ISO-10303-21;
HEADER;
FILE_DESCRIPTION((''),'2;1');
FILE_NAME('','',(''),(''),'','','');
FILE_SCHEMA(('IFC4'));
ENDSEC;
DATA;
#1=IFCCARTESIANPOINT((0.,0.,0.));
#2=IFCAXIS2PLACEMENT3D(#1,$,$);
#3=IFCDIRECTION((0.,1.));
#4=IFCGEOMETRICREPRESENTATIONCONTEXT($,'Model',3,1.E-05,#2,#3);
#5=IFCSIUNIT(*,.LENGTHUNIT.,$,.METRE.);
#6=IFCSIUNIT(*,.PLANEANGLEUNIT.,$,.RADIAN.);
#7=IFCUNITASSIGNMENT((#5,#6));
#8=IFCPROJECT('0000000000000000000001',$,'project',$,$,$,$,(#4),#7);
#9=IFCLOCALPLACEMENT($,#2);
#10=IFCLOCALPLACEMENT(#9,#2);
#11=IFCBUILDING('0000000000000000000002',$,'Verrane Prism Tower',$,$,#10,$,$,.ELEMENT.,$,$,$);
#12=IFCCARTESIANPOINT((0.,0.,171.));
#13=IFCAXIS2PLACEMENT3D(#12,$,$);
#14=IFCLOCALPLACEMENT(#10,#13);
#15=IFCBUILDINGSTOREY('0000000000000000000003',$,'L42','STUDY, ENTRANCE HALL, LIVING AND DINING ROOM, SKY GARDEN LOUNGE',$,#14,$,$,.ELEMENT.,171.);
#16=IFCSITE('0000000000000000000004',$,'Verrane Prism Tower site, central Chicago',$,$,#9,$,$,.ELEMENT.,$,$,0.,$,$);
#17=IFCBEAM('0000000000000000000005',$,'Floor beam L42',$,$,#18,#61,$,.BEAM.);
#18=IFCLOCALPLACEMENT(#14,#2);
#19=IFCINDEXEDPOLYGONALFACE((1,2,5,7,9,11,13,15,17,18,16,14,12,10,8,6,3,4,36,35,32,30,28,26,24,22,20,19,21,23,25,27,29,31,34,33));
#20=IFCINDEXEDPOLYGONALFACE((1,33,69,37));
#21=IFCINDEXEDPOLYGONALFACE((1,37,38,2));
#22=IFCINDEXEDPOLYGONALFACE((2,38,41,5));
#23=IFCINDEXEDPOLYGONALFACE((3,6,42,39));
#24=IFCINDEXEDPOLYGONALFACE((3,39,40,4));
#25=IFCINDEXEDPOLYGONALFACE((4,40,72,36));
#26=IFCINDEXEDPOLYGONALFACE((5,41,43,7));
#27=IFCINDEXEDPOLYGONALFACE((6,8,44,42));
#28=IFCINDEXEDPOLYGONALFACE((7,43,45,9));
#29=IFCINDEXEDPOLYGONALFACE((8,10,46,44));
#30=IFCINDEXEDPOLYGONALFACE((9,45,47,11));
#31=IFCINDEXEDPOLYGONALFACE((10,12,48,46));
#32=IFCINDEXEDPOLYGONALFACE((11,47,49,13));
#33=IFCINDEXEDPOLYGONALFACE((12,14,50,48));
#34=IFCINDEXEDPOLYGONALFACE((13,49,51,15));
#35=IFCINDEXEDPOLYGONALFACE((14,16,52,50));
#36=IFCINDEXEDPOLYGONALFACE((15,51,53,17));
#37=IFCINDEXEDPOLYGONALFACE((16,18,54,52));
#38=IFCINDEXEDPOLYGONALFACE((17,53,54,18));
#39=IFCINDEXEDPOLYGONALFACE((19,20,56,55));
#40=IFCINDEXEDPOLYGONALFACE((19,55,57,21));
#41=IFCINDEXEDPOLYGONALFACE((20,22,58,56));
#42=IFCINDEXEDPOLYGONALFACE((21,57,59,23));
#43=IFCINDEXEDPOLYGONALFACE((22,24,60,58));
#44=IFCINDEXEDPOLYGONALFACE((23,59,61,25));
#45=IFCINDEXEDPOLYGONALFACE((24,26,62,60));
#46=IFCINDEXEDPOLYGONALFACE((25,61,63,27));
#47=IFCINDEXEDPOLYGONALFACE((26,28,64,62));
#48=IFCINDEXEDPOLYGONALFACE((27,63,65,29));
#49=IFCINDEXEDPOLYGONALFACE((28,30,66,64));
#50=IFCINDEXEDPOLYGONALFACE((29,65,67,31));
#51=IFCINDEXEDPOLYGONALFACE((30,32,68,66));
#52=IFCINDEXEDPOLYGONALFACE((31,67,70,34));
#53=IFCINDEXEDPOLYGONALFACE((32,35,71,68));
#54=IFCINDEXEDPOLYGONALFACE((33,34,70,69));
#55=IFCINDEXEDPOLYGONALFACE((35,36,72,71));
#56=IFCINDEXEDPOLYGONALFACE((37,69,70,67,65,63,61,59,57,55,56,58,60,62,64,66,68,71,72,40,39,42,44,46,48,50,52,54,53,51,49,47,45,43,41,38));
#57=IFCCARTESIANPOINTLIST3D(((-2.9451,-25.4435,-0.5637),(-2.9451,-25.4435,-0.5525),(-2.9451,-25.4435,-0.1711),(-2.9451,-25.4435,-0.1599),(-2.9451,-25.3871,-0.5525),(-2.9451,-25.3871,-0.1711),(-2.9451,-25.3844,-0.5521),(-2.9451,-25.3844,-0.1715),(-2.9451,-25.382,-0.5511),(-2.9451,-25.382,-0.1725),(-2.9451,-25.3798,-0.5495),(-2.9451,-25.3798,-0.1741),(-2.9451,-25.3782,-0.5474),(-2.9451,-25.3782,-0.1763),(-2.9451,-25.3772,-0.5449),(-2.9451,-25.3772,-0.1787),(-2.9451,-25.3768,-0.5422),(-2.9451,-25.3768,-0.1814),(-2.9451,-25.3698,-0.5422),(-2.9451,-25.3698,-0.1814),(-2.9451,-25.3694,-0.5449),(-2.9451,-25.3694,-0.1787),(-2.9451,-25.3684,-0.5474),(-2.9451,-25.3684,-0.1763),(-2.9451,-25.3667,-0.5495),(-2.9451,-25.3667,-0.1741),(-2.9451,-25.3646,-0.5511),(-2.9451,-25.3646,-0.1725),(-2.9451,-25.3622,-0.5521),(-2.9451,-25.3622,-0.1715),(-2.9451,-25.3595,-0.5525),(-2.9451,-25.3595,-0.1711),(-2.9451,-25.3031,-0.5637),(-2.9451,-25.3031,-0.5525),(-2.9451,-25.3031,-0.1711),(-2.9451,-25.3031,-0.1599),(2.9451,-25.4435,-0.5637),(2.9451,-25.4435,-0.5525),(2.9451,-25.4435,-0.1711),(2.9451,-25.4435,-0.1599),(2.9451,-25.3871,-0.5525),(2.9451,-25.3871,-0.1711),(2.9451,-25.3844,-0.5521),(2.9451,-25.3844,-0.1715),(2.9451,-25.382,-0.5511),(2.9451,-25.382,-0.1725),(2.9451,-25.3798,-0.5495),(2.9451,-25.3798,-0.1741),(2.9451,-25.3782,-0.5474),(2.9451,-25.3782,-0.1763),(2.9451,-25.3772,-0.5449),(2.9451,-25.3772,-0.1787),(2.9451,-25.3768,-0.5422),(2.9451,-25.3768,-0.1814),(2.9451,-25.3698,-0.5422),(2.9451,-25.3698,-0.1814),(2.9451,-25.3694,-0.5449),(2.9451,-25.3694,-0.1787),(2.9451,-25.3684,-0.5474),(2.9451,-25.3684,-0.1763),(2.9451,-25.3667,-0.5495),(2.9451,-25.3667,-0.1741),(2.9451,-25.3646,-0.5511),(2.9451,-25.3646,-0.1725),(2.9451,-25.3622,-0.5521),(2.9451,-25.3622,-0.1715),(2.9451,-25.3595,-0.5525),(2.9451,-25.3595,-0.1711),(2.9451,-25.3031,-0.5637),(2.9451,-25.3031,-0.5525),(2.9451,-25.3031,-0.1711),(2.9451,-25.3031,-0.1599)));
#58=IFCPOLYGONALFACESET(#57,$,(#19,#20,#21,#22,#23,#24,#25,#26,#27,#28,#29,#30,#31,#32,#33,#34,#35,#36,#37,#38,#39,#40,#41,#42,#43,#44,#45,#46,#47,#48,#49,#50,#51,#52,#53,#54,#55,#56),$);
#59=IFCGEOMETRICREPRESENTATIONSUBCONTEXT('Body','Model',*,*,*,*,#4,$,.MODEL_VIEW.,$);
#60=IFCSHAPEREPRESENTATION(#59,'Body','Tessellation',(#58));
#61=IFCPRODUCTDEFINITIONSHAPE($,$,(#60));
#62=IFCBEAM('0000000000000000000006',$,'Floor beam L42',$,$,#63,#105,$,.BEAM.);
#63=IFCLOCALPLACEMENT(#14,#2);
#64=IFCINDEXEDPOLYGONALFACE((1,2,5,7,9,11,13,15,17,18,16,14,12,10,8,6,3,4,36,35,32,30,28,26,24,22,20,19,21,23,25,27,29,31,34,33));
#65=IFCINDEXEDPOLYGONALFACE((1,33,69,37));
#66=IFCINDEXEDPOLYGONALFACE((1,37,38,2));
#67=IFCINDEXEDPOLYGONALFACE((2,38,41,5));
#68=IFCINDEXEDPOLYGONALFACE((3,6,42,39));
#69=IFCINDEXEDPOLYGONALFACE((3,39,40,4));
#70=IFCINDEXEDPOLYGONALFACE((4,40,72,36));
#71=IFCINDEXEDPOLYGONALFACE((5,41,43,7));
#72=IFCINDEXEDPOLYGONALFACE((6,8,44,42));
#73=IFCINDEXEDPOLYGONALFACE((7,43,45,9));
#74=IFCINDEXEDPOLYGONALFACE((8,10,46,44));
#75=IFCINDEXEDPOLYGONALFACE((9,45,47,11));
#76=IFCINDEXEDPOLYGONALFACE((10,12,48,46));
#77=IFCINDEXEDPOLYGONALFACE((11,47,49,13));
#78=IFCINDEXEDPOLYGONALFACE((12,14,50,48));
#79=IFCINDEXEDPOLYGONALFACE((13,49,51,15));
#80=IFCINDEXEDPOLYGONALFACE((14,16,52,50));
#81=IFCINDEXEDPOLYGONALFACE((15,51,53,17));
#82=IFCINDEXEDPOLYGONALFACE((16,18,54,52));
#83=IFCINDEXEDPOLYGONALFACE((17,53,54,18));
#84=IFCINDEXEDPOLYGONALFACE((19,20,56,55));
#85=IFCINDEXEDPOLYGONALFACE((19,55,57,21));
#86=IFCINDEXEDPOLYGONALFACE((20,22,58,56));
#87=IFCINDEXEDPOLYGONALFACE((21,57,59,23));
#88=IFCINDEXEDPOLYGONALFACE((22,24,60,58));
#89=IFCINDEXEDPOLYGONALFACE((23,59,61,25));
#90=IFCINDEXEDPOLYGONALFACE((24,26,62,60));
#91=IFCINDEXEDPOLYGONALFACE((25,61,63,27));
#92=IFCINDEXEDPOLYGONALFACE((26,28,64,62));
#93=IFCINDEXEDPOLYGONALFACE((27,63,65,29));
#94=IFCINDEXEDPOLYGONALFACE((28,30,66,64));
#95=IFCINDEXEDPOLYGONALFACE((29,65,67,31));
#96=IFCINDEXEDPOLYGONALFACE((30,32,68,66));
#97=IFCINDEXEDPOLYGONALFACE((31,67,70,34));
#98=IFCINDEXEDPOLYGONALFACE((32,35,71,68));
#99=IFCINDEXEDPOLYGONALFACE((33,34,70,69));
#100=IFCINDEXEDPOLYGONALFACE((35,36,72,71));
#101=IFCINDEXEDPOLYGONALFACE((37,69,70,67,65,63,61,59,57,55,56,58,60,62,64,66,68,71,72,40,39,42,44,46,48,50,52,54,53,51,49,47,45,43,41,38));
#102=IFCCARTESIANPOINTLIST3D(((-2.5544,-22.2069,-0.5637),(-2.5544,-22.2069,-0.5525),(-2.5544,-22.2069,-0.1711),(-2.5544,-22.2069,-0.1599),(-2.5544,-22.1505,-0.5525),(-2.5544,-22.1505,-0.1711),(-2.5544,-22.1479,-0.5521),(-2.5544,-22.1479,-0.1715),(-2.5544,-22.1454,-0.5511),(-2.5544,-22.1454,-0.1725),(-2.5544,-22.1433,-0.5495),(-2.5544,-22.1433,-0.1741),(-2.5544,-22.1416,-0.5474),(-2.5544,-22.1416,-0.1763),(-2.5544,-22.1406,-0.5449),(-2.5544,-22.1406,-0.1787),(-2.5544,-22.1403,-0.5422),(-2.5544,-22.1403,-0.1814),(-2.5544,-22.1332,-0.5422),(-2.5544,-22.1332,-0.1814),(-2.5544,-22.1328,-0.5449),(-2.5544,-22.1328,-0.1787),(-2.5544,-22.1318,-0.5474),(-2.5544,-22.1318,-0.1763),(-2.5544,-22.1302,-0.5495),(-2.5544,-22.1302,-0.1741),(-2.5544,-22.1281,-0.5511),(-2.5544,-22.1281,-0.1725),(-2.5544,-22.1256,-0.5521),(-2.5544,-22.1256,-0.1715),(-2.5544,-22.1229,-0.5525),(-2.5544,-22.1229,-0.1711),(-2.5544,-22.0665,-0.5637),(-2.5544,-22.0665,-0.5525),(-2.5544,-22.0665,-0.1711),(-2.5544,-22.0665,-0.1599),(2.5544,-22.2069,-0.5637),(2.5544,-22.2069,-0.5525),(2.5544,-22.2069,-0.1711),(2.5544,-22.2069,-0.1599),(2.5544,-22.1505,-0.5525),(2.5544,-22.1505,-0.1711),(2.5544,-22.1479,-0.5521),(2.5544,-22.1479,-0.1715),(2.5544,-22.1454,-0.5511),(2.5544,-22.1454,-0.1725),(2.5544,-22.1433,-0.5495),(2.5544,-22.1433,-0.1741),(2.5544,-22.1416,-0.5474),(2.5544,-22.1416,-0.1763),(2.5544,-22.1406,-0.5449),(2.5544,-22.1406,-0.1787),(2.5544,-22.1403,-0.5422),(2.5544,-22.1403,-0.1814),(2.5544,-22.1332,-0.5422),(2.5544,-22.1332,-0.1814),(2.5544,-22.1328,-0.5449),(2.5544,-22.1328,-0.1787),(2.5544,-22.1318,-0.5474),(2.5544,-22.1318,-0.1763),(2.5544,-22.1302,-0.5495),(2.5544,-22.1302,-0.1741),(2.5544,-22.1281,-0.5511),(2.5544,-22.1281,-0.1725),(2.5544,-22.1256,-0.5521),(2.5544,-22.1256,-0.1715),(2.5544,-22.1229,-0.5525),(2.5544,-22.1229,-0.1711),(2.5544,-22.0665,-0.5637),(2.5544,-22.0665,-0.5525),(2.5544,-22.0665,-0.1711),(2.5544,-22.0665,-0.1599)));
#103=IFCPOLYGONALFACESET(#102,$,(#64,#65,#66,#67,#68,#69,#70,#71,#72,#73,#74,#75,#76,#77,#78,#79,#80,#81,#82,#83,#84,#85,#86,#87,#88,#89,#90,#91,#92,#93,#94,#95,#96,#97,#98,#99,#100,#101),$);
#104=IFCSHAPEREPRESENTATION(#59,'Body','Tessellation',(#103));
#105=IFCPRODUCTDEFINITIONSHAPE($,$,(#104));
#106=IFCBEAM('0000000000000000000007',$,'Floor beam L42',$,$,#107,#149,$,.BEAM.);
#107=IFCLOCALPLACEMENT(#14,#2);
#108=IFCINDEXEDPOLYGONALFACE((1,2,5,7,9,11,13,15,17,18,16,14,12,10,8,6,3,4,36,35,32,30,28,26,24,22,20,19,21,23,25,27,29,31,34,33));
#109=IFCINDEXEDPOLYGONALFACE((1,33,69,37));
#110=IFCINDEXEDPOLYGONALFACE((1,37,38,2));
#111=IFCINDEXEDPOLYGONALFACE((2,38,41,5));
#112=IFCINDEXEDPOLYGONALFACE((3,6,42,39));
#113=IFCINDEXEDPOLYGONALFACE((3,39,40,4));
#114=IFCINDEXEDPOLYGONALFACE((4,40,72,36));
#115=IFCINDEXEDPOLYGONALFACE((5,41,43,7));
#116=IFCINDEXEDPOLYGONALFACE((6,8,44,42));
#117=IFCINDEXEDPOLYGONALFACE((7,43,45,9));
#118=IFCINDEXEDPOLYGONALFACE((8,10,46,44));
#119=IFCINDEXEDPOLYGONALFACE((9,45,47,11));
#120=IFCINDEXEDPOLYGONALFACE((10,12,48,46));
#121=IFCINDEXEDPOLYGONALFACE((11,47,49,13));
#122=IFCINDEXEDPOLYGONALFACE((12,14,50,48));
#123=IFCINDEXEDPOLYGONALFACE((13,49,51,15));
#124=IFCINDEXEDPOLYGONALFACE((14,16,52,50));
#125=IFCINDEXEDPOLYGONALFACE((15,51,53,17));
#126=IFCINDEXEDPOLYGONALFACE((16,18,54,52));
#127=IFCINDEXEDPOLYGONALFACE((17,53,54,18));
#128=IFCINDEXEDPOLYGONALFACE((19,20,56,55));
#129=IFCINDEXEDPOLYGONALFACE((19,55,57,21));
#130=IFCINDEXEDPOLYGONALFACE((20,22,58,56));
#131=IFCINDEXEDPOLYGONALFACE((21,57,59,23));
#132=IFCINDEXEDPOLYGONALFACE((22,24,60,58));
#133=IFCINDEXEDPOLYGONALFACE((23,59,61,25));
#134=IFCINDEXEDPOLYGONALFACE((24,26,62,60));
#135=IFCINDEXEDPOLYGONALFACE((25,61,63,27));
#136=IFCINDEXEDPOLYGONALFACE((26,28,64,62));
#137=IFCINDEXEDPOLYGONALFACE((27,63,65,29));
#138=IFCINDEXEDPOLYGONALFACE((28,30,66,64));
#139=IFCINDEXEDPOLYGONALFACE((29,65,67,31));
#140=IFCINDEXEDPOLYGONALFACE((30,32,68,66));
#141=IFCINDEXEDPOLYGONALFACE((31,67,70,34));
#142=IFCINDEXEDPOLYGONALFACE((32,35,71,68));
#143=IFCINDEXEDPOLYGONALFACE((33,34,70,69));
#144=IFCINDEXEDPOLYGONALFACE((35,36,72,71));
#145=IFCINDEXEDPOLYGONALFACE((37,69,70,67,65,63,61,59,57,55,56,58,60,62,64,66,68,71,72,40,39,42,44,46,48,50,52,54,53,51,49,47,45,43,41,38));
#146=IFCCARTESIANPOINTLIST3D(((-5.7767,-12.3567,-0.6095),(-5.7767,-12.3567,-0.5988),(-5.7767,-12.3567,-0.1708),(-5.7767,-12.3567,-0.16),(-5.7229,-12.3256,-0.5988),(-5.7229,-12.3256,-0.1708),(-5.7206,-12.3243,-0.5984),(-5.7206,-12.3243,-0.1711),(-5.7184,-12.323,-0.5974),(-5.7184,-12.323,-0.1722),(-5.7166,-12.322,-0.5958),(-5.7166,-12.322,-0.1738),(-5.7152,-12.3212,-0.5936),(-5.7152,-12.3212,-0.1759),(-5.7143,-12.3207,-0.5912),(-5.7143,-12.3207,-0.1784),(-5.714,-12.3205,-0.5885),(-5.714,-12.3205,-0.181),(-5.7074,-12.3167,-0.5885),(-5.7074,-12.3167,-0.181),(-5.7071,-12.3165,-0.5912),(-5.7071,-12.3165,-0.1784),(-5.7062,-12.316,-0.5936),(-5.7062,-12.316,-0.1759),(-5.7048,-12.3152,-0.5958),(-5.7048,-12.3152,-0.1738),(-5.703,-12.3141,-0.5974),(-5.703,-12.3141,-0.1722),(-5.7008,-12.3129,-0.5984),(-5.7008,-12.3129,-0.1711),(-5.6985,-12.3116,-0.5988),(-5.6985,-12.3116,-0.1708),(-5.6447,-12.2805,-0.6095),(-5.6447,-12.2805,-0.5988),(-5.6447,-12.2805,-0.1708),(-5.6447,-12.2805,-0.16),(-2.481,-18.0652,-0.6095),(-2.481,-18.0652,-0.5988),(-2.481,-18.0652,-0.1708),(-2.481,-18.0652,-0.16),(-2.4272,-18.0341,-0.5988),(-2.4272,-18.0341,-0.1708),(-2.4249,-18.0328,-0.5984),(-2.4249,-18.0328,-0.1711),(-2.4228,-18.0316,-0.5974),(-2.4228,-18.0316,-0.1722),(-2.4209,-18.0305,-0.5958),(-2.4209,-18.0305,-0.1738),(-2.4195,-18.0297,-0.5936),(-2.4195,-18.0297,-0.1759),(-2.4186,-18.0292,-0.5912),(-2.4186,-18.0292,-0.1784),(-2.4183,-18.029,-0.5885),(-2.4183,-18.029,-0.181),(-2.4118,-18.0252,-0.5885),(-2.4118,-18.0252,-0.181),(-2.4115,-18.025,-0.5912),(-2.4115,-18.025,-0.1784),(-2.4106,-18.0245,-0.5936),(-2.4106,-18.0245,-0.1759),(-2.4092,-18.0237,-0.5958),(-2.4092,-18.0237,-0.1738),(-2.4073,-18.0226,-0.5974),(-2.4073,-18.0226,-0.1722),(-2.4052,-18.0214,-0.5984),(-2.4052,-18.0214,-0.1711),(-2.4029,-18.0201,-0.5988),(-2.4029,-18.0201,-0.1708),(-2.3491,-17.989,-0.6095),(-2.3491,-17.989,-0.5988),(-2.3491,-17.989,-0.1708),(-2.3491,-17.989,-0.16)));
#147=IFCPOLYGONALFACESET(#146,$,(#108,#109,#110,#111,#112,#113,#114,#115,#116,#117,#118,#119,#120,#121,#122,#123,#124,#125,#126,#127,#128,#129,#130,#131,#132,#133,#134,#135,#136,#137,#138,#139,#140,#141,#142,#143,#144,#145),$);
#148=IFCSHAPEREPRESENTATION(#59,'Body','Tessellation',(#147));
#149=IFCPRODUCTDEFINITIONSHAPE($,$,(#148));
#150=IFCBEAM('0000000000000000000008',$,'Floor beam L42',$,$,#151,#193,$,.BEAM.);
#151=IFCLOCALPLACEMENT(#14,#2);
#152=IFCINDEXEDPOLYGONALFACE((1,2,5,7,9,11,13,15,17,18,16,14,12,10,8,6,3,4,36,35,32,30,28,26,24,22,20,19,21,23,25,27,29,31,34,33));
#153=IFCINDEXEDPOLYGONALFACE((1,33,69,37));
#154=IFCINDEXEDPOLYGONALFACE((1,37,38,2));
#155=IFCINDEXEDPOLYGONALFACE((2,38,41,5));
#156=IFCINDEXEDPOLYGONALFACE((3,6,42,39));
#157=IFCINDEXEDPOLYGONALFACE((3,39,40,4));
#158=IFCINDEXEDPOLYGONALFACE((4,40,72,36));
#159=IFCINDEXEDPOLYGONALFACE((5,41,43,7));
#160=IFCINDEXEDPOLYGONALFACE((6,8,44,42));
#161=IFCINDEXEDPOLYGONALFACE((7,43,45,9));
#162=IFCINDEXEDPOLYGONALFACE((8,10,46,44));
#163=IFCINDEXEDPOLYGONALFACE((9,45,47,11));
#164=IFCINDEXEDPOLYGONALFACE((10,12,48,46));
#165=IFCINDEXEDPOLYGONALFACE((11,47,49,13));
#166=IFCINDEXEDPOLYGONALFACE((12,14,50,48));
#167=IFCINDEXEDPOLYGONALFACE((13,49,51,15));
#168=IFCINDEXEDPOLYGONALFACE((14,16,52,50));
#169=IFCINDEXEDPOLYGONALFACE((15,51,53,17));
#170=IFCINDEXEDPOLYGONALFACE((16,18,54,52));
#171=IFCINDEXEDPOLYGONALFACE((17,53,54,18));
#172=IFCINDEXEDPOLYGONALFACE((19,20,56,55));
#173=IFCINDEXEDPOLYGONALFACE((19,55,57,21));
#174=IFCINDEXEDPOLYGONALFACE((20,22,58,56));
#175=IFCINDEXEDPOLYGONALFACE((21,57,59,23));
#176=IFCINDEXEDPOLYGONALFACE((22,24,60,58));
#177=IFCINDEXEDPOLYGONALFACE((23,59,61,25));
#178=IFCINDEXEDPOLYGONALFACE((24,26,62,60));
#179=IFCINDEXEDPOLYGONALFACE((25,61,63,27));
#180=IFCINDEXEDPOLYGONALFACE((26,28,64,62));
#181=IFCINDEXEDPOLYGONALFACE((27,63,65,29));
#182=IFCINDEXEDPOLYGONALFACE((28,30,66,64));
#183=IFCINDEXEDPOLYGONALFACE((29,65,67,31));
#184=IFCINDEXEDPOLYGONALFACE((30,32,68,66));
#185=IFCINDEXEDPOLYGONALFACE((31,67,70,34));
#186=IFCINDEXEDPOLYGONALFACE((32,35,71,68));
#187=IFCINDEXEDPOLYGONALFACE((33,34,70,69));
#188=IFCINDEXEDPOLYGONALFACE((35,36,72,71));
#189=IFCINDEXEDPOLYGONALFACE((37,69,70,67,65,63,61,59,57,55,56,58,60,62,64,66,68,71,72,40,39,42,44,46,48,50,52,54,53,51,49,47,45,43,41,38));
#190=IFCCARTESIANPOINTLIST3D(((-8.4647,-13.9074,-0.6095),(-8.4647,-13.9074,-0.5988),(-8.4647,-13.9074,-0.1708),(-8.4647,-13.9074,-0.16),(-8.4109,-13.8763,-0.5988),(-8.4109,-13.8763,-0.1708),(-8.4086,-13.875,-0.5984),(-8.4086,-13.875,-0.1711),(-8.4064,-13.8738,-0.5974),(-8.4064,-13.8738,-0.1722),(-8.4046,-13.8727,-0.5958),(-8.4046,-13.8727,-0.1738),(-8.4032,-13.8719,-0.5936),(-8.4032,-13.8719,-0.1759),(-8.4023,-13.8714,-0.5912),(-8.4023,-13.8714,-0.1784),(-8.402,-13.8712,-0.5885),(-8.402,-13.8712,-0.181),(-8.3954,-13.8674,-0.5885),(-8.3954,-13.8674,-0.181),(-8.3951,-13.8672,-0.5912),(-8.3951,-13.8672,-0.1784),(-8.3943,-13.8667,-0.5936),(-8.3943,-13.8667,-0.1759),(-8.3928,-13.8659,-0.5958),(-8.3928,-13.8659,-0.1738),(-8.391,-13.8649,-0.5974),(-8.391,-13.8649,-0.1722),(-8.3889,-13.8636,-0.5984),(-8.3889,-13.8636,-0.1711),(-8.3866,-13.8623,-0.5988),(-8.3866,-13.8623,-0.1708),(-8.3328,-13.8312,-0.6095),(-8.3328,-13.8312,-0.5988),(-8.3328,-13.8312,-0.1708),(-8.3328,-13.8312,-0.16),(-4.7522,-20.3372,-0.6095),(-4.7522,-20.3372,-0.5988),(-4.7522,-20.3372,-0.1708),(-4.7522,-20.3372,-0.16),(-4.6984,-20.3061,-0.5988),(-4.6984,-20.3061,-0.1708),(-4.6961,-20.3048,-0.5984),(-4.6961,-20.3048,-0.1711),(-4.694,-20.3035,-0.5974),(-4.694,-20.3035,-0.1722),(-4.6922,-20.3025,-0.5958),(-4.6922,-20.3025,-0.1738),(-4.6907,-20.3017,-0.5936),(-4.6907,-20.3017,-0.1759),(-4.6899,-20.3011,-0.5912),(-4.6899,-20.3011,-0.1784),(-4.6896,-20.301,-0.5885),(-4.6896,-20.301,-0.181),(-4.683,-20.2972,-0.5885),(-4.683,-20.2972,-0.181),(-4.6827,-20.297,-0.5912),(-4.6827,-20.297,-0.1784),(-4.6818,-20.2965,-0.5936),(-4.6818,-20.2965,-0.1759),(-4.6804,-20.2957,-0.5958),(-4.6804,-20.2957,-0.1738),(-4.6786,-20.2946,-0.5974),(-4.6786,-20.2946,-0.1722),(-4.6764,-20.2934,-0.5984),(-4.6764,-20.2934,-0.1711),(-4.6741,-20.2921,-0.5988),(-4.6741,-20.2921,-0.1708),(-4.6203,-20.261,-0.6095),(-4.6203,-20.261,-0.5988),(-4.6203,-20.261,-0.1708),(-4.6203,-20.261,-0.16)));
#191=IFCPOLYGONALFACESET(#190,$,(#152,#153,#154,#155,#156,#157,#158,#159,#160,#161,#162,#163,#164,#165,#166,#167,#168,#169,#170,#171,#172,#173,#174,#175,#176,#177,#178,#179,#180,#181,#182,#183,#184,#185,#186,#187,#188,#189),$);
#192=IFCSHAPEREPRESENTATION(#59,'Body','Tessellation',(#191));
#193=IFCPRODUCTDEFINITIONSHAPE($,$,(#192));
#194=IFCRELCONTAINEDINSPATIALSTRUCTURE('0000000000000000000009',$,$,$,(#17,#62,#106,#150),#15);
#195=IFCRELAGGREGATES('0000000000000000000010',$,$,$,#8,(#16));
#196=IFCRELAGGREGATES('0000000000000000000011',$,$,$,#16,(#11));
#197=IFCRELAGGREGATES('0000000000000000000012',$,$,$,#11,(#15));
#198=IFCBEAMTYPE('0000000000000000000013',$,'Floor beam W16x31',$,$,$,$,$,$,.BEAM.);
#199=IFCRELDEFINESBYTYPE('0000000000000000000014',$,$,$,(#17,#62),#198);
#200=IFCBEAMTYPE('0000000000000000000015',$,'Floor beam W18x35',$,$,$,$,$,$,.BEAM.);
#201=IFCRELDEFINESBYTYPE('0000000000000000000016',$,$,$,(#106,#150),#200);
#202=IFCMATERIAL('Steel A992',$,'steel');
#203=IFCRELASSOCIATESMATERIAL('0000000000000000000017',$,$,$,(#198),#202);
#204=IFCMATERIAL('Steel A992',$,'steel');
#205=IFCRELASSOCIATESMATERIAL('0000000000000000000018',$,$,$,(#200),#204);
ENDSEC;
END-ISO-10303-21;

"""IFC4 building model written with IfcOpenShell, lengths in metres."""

from ifc_helpers import new_model, si_unit, direction, frame, origin, origin_2d, place, context, subcontext, project, spatial, i_section, extrude, material, material_profile, profile_set, type_object, element, save


model = new_model("IFC4")

# Units and contexts
model_context = context("Model", 3, precision=1e-05, world=origin(), true_north=direction((0.0, 1.0)))
body_context = subcontext(model_context, "Body", "Model", "MODEL_VIEW")
ifc_project = project(units=[si_unit("LENGTHUNIT", "METRE"), si_unit("PLANEANGLEUNIT", "RADIAN")], contexts=[model_context])

# Site, building, storey
site_placement = place(None, origin())
site = spatial("IfcSite", under=ifc_project, at=site_placement, Name="Verrane Prism Tower site, central Chicago", CompositionType="ELEMENT", RefElevation=0.0)
building_placement = place(site_placement, origin())
building = spatial("IfcBuilding", under=site, at=building_placement, Name="Verrane Prism Tower", CompositionType="ELEMENT")
storey_placement = place(building_placement, frame((0.0, 0.0, 171.0)))
storey = spatial("IfcBuildingStorey", under=building, at=storey_placement, Name="L42", Description="STUDY, ENTRANCE HALL, LIVING AND DINING ROOM, SKY GARDEN LOUNGE", CompositionType="ELEMENT", Elevation=171.0)

# Beams
ifc_material_1 = material(Name="Steel A992", Category="steel")
ifc_material_profile_1 = material_profile(ifc_material_1, i_section(OverallWidth=0.1404, OverallDepth=0.4038, WebThickness=0.0071, FlangeThickness=0.0112, FilletRadius=0.0103, at=origin_2d()), Name="W16x31")
ifc_profile_set_1 = profile_set([ifc_material_profile_1], Name="Steel A992")
beam_type_1 = type_object("IfcBeamType", Name="Floor beam W16x31", PredefinedType="BEAM", material=ifc_profile_set_1)
beam_1_placement = place(storey_placement, frame((-2.9451, -25.3733, -0.3618), z_axis=(1.0, 0.0, 0.0), x_axis=(0.0, 1.0, 0.0)))
element("IfcBeam", 1, at=beam_1_placement, inside=storey, type_object=beam_type_1, Name="Floor beam L42", PredefinedType="BEAM", context=body_context, shape_type="SweptSolid", body=[
    extrude(i_section(OverallWidth=0.1404, OverallDepth=0.4038, WebThickness=0.0071, FlangeThickness=0.0112, FilletRadius=0.0103, at=origin_2d()), origin(), (0.0, 0.0, 1.0), 5.8901),
])
beam_2_placement = place(storey_placement, frame((-2.5544, -22.1367, -0.3618), z_axis=(1.0, 0.0, 0.0), x_axis=(0.0, 1.0, 0.0)))
element("IfcBeam", 2, at=beam_2_placement, inside=storey, type_object=beam_type_1, Name="Floor beam L42", PredefinedType="BEAM", context=body_context, shape_type="SweptSolid", body=[
    extrude(i_section(OverallWidth=0.1404, OverallDepth=0.4038, WebThickness=0.0071, FlangeThickness=0.0112, FilletRadius=0.0103, at=origin_2d()), origin(), (0.0, 0.0, 1.0), 5.1089),
])
ifc_material_2 = material(Name="Steel A992", Category="steel")
ifc_material_profile_2 = material_profile(ifc_material_2, i_section(OverallWidth=0.1523, OverallDepth=0.4495, WebThickness=0.0076, FlangeThickness=0.0107, FilletRadius=0.0103, at=origin_2d()), Name="W18x35")
ifc_profile_set_2 = profile_set([ifc_material_profile_2], Name="Steel A992")
beam_type_2 = type_object("IfcBeamType", Name="Floor beam W18x35", PredefinedType="BEAM", material=ifc_profile_set_2)
beam_3_placement = place(storey_placement, frame((-2.415, -18.0271, -0.3848), z_axis=(-0.499983, 0.866035, 0.0), x_axis=(-0.866035, -0.499983, 0.0)))
element("IfcBeam", 3, at=beam_3_placement, inside=storey, type_object=beam_type_2, Name="Floor beam L42", PredefinedType="BEAM", context=body_context, shape_type="SweptSolid", body=[
    extrude(i_section(OverallWidth=0.1523, OverallDepth=0.4495, WebThickness=0.0076, FlangeThickness=0.0107, FilletRadius=0.0103, at=origin_2d()), origin(), (0.0, 0.0, 1.0), 6.5916),
])
beam_4_placement = place(storey_placement, frame((-4.6863, -20.2991, -0.3848), z_axis=(-0.500022, 0.866013, 0.0), x_axis=(-0.866013, -0.500022, 0.0)))
element("IfcBeam", 4, at=beam_4_placement, inside=storey, type_object=beam_type_2, Name="Floor beam L42", PredefinedType="BEAM", context=body_context, shape_type="SweptSolid", body=[
    extrude(i_section(OverallWidth=0.1523, OverallDepth=0.4495, WebThickness=0.0076, FlangeThickness=0.0107, FilletRadius=0.0103, at=origin_2d()), origin(), (0.0, 0.0, 1.0), 7.4246),
])

save(model, "model.ifc")
